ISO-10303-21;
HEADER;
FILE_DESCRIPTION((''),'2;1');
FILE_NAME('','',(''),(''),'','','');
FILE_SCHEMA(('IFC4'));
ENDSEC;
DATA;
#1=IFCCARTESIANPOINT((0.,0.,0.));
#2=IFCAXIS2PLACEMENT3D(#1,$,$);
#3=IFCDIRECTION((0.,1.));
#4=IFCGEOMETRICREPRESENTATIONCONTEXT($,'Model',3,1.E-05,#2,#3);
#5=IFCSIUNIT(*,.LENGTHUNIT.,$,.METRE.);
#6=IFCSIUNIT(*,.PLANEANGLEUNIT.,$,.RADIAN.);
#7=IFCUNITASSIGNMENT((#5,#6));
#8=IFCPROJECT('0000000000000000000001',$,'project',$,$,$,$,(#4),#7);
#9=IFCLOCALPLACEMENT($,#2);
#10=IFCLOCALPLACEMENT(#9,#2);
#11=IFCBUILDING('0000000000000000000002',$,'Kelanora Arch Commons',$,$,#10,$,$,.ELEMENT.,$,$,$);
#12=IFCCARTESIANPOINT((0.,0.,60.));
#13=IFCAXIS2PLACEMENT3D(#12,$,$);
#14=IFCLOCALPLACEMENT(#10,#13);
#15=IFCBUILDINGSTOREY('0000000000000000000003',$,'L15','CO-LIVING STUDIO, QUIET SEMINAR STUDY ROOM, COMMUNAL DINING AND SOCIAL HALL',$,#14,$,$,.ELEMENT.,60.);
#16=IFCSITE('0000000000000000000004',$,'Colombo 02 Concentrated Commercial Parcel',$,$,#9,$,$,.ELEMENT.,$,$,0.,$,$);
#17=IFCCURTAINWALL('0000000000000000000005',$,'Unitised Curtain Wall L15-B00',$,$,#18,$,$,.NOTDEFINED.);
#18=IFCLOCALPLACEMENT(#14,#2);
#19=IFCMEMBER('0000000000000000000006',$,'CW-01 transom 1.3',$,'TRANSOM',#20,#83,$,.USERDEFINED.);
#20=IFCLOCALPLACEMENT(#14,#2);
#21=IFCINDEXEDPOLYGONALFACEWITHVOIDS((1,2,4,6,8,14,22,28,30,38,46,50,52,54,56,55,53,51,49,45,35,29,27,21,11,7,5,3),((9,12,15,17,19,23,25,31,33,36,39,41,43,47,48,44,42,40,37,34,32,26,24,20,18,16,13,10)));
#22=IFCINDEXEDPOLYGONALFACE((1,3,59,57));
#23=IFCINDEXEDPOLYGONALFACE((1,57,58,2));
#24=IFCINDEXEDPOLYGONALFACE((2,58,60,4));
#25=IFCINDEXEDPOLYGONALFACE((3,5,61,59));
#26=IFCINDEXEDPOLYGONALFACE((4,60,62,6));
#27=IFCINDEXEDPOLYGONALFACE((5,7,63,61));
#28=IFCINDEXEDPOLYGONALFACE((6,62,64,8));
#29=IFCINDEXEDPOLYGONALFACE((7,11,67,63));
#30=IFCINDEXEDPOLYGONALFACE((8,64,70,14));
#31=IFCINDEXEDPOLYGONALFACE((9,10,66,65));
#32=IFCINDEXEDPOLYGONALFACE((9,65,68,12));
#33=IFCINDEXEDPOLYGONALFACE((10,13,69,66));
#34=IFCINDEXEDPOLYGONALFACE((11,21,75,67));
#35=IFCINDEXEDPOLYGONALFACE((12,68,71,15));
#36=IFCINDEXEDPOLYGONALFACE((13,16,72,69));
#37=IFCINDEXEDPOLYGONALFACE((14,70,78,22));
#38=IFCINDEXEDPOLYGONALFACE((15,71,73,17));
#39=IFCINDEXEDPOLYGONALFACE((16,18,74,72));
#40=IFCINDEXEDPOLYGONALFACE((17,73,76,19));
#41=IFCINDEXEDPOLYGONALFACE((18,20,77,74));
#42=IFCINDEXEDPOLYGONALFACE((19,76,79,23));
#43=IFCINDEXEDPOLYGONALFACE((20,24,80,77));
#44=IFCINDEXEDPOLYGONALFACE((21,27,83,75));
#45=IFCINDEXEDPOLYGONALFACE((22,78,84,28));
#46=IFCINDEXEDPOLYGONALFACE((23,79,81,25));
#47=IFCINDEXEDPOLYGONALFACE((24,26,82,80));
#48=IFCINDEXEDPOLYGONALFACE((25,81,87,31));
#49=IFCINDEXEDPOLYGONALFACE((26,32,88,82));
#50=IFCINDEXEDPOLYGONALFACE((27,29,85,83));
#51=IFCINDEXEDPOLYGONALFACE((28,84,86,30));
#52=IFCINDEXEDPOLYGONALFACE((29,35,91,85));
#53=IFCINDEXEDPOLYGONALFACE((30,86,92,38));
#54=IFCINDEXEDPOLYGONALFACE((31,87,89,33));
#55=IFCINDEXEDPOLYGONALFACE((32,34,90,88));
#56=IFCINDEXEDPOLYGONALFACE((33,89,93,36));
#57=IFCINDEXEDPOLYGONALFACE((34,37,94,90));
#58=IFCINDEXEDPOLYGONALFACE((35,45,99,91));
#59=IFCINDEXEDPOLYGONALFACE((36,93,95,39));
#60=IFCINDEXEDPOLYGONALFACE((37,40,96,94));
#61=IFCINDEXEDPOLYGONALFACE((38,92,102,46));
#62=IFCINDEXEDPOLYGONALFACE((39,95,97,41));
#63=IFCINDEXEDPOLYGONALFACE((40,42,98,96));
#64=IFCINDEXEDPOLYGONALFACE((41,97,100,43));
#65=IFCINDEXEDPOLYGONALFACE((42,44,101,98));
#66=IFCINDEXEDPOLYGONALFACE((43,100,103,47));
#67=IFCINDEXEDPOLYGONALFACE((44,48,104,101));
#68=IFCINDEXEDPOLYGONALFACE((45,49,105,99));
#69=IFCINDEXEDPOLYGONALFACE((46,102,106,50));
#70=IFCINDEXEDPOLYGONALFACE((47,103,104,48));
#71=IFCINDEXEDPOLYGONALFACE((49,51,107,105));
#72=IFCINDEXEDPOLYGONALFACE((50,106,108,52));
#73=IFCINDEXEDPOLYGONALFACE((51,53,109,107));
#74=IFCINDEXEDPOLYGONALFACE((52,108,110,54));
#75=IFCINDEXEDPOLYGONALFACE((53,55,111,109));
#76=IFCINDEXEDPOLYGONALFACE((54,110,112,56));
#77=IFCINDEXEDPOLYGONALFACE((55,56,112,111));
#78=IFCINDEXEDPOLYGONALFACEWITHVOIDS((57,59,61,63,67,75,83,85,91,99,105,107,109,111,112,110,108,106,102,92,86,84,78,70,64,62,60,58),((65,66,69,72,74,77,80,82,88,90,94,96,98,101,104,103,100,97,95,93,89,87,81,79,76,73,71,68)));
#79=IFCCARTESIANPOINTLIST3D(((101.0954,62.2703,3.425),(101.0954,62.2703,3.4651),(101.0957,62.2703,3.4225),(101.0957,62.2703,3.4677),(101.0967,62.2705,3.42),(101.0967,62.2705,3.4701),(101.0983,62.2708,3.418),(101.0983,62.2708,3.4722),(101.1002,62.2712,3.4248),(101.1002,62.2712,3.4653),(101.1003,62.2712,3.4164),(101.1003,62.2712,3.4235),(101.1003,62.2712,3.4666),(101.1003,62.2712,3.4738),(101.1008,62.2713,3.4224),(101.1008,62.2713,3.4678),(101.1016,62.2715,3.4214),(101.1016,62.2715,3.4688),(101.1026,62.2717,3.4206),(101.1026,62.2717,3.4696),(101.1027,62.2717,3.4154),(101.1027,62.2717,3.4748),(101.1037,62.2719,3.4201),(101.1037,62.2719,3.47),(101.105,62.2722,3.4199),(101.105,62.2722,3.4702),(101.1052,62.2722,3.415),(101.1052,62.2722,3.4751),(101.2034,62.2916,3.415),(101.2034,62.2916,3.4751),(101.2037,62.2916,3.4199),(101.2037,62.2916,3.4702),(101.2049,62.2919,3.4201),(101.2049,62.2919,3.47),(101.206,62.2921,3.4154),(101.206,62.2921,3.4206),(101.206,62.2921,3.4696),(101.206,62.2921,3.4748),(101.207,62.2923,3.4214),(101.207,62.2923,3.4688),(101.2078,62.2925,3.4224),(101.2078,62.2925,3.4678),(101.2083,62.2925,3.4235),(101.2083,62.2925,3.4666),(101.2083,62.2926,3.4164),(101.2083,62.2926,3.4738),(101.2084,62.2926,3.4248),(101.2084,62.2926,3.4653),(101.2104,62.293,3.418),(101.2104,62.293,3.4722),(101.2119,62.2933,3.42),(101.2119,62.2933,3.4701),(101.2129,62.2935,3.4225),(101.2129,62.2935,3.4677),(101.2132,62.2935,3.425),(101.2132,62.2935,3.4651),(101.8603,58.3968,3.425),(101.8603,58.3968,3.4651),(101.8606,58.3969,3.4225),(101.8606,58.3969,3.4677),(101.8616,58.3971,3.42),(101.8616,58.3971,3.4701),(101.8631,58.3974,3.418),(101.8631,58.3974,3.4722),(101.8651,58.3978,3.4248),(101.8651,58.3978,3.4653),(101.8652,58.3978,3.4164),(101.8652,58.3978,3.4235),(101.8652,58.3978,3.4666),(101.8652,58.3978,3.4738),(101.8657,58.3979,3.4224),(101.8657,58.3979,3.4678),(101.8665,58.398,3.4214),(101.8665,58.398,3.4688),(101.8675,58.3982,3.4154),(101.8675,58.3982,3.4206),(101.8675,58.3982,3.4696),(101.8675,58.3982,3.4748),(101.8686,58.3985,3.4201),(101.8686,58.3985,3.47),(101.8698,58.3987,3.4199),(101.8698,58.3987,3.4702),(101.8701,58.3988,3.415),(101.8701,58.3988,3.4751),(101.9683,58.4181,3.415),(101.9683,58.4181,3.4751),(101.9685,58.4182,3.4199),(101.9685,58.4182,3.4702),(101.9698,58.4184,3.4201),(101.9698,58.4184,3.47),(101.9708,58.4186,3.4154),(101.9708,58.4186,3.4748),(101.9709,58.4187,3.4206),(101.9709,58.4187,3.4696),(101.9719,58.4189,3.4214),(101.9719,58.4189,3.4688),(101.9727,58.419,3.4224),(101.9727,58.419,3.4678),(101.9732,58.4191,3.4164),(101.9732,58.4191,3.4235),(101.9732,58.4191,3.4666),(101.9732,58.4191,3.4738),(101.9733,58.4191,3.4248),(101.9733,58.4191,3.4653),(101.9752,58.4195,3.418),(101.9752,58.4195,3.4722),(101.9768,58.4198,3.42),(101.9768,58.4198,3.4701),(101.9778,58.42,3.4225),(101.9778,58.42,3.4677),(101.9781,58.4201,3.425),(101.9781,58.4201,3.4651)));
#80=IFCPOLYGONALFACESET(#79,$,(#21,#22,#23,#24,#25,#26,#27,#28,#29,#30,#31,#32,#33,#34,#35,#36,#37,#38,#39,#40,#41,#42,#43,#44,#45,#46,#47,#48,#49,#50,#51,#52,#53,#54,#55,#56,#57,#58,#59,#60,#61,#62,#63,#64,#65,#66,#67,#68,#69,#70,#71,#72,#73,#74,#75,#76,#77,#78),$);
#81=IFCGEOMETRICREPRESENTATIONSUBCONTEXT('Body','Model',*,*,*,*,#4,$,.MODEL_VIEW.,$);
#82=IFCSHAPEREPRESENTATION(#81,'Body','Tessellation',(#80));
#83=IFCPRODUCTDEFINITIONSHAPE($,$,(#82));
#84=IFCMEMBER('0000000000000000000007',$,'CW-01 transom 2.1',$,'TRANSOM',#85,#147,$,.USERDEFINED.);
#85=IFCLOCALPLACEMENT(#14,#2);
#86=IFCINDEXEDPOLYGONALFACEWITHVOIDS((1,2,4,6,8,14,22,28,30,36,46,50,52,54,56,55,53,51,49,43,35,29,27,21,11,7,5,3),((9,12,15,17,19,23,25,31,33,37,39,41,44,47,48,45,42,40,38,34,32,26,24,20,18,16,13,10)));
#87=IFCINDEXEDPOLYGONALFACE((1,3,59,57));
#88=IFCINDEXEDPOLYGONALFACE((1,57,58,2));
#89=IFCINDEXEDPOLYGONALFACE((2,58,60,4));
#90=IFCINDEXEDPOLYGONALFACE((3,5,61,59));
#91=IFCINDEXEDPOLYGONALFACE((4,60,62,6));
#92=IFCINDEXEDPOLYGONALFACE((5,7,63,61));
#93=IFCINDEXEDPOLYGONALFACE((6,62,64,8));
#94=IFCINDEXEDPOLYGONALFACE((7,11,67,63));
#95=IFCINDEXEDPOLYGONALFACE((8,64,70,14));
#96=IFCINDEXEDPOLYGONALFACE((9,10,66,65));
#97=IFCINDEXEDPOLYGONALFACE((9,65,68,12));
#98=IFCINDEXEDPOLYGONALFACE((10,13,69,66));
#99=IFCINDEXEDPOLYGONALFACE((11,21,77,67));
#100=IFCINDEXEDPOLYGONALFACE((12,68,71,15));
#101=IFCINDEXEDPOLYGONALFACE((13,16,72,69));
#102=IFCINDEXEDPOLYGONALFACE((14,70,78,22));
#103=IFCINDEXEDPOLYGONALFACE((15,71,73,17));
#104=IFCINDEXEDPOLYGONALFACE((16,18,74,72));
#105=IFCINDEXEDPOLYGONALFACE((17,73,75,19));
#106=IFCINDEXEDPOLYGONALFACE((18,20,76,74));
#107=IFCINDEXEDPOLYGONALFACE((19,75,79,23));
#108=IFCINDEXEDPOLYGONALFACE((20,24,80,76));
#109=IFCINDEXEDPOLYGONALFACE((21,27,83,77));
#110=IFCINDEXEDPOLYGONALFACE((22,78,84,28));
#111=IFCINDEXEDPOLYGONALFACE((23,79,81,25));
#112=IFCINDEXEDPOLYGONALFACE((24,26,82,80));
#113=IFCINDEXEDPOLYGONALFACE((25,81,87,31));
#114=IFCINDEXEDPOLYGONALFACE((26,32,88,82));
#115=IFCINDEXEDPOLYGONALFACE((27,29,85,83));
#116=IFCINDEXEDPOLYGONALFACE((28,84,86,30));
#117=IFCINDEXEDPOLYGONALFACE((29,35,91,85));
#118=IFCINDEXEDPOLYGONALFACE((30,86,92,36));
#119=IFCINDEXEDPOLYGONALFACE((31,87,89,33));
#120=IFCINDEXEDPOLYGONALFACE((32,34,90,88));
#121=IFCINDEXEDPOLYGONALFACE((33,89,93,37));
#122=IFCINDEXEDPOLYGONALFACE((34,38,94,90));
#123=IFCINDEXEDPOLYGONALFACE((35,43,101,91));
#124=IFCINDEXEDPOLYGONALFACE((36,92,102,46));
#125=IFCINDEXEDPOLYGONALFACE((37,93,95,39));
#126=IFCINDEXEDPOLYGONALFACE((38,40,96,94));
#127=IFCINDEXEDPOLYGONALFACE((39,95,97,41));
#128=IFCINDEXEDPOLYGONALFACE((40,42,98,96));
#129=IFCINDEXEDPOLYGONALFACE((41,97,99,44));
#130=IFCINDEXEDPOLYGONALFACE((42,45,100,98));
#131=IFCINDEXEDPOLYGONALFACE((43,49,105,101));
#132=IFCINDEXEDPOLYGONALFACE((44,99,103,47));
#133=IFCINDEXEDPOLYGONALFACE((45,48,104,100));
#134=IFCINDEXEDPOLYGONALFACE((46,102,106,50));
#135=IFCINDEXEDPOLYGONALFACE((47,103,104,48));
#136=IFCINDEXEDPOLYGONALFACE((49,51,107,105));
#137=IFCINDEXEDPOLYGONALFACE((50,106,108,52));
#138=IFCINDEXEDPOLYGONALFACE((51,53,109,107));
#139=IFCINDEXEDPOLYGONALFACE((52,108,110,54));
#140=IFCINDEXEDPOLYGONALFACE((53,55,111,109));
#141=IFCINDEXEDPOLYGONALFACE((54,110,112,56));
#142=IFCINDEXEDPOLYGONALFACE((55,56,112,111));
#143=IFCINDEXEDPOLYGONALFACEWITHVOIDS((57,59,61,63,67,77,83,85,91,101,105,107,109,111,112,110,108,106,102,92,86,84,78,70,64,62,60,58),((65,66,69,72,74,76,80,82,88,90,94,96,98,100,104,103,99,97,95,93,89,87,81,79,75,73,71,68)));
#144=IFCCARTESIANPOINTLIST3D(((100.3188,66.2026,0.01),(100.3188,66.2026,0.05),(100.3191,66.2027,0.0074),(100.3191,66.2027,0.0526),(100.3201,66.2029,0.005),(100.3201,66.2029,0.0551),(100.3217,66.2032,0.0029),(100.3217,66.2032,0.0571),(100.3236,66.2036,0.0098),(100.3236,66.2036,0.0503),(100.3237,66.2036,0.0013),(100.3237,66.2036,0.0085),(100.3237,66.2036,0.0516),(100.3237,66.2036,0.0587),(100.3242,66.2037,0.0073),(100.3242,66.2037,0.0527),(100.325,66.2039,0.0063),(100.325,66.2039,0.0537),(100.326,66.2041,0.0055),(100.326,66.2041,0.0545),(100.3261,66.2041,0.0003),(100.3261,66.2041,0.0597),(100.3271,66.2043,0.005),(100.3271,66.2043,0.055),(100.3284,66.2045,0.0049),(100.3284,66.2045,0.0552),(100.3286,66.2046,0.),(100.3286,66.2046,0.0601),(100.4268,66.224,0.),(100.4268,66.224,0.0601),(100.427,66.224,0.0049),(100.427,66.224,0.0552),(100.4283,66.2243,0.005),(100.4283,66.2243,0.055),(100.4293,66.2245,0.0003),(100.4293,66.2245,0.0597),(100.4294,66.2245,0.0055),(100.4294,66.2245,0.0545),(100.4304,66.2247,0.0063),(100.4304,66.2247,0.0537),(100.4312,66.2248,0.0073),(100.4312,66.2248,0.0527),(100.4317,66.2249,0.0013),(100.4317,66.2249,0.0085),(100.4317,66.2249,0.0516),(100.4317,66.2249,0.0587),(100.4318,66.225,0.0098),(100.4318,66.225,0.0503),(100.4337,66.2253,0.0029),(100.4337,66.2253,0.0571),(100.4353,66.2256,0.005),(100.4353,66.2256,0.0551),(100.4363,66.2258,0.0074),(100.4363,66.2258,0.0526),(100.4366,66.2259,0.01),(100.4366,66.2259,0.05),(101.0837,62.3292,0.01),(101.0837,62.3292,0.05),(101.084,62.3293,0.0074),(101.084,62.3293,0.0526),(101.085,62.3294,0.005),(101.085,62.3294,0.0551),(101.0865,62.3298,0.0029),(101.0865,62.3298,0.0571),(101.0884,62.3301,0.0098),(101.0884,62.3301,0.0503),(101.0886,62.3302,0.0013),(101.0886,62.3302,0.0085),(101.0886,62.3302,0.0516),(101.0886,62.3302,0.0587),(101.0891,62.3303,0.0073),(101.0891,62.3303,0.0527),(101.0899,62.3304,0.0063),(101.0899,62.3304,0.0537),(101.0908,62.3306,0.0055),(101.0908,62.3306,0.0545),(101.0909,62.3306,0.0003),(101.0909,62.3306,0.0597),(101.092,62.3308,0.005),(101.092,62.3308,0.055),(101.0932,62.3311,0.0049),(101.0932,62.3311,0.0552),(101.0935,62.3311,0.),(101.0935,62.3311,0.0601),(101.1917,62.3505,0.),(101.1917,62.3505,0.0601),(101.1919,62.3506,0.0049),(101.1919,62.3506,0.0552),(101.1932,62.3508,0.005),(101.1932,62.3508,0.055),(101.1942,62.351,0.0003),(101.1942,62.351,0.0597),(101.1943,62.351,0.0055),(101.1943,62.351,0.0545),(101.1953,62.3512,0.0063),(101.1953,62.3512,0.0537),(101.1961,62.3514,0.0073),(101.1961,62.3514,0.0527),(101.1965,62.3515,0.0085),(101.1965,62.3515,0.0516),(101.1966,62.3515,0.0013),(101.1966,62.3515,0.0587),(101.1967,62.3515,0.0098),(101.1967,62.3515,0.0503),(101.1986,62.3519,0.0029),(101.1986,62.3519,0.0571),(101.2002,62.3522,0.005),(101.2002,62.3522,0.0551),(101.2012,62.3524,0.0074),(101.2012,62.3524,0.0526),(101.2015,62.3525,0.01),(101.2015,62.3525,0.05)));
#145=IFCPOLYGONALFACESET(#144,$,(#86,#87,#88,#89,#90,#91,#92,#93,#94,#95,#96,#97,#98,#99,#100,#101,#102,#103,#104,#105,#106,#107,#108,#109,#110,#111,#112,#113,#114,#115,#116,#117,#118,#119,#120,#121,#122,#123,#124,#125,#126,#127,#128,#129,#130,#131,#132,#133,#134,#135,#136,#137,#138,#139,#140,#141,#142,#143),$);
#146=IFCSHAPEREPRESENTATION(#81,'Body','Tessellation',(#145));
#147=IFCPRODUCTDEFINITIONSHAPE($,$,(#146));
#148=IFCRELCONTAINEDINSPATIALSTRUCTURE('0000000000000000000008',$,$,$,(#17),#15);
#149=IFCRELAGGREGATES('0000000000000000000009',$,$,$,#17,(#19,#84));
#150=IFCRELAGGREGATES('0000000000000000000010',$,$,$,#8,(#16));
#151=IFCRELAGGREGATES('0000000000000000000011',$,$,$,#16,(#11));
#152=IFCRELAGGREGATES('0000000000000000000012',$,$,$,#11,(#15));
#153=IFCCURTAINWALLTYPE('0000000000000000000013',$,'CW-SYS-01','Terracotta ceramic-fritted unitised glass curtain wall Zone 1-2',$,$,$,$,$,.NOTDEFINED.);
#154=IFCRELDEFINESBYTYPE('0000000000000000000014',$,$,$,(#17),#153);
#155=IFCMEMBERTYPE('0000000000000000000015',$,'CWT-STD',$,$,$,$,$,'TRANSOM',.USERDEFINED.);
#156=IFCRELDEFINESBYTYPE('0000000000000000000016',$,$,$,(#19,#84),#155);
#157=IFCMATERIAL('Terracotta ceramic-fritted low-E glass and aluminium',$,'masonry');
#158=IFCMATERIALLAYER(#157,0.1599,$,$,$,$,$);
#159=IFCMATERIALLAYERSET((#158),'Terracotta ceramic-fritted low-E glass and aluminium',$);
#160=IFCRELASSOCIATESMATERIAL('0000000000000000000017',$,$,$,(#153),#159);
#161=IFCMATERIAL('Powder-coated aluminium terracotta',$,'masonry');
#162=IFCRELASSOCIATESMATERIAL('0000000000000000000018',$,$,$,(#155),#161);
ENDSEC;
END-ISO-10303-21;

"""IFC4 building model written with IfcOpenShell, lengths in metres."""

from ifc_helpers import new_model, si_unit, direction, frame, origin, origin_2d, place, context, subcontext, project, spatial, hollow_rectangle, extrude, material, layer, layer_set, material_profile, profile_set, type_object, element, aggregate, save


model = new_model("IFC4")

# Units and contexts
model_context = context("Model", 3, precision=1e-05, world=origin(), true_north=direction((0.0, 1.0)))
body_context = subcontext(model_context, "Body", "Model", "MODEL_VIEW")
ifc_project = project(units=[si_unit("LENGTHUNIT", "METRE"), si_unit("PLANEANGLEUNIT", "RADIAN")], contexts=[model_context])

# Site, building, storey
site_placement = place(None, origin())
site = spatial("IfcSite", under=ifc_project, at=site_placement, Name="Colombo 02 Concentrated Commercial Parcel", CompositionType="ELEMENT", RefElevation=0.0)
building_placement = place(site_placement, origin())
building = spatial("IfcBuilding", under=site, at=building_placement, Name="Kelanora Arch Commons", CompositionType="ELEMENT")
storey_placement = place(building_placement, frame((0.0, 0.0, 60.0)))
storey = spatial("IfcBuildingStorey", under=building, at=storey_placement, Name="L15", Description="CO-LIVING STUDIO, QUIET SEMINAR STUDY ROOM, COMMUNAL DINING AND SOCIAL HALL", CompositionType="ELEMENT", Elevation=60.0)

# Curtain wall, members
ifc_material_1 = material(Name="Terracotta ceramic-fritted low-E glass and aluminium", Category="masonry")
ifc_layer_1 = layer(ifc_material_1, 0.1599)
ifc_layer_set_1 = layer_set([ifc_layer_1], Name="Terracotta ceramic-fritted low-E glass and aluminium")
curtain_wall_type = type_object("IfcCurtainWallType", Name="CW-SYS-01", Description="Terracotta ceramic-fritted unitised glass curtain wall Zone 1-2", PredefinedType="NOTDEFINED", material=ifc_layer_set_1)
curtain_wall_placement = place(storey_placement, origin())
curtain_wall = element("IfcCurtainWall", 1, at=curtain_wall_placement, inside=storey, type_object=curtain_wall_type, Name="Unitised Curtain Wall L15-B00", PredefinedType="NOTDEFINED")
ifc_material_2 = material(Name="Powder-coated aluminium terracotta", Category="masonry")
ifc_material_profile_1 = material_profile(ifc_material_2, hollow_rectangle(XDim=0.1201, YDim=0.0601, WallThickness=0.0049, InnerFilletRadius=0.0049, OuterFilletRadius=0.01, at=origin_2d()), Name="CWT120x60")
ifc_profile_set_1 = profile_set([ifc_material_profile_1], Name="Powder-coated aluminium terracotta")
member_type_1 = type_object("IfcMemberType", Name="CWT-STD", ElementType="TRANSOM", PredefinedType="USERDEFINED", material=ifc_profile_set_1)
member_1_placement = place(storey_placement, frame((101.9192, 58.4084, 3.4451), z_axis=(-0.193725, 0.981056, 0.0), x_axis=(-0.981056, -0.193725, 0.0)))
member_1 = element("IfcMember", 2, at=member_1_placement, type_object=member_type_1, Name="CW-01 transom 1.3", ObjectType="TRANSOM", PredefinedType="USERDEFINED", context=body_context, shape_type="SweptSolid", body=[
    extrude(hollow_rectangle(XDim=0.1201, YDim=0.0601, WallThickness=0.0049, InnerFilletRadius=0.0049, OuterFilletRadius=0.01, at=origin_2d()), origin(), (0.0, 0.0, 1.0), 3.9482),
])
member_2_placement = place(storey_placement, frame((101.1426, 62.3408, 0.03), z_axis=(-0.193725, 0.981056, 0.0), x_axis=(-0.981056, -0.193725, 0.0)))
member_2 = element("IfcMember", 3, at=member_2_placement, type_object=member_type_1, Name="CW-01 transom 2.1", ObjectType="TRANSOM", PredefinedType="USERDEFINED", context=body_context, shape_type="SweptSolid", body=[
    extrude(hollow_rectangle(XDim=0.1201, YDim=0.0601, WallThickness=0.0049, InnerFilletRadius=0.0049, OuterFilletRadius=0.01, at=origin_2d()), origin(), (0.0, 0.0, 1.0), 3.9482),
])
aggregate(curtain_wall, [member_1, member_2])

save(model, "model.ifc")
